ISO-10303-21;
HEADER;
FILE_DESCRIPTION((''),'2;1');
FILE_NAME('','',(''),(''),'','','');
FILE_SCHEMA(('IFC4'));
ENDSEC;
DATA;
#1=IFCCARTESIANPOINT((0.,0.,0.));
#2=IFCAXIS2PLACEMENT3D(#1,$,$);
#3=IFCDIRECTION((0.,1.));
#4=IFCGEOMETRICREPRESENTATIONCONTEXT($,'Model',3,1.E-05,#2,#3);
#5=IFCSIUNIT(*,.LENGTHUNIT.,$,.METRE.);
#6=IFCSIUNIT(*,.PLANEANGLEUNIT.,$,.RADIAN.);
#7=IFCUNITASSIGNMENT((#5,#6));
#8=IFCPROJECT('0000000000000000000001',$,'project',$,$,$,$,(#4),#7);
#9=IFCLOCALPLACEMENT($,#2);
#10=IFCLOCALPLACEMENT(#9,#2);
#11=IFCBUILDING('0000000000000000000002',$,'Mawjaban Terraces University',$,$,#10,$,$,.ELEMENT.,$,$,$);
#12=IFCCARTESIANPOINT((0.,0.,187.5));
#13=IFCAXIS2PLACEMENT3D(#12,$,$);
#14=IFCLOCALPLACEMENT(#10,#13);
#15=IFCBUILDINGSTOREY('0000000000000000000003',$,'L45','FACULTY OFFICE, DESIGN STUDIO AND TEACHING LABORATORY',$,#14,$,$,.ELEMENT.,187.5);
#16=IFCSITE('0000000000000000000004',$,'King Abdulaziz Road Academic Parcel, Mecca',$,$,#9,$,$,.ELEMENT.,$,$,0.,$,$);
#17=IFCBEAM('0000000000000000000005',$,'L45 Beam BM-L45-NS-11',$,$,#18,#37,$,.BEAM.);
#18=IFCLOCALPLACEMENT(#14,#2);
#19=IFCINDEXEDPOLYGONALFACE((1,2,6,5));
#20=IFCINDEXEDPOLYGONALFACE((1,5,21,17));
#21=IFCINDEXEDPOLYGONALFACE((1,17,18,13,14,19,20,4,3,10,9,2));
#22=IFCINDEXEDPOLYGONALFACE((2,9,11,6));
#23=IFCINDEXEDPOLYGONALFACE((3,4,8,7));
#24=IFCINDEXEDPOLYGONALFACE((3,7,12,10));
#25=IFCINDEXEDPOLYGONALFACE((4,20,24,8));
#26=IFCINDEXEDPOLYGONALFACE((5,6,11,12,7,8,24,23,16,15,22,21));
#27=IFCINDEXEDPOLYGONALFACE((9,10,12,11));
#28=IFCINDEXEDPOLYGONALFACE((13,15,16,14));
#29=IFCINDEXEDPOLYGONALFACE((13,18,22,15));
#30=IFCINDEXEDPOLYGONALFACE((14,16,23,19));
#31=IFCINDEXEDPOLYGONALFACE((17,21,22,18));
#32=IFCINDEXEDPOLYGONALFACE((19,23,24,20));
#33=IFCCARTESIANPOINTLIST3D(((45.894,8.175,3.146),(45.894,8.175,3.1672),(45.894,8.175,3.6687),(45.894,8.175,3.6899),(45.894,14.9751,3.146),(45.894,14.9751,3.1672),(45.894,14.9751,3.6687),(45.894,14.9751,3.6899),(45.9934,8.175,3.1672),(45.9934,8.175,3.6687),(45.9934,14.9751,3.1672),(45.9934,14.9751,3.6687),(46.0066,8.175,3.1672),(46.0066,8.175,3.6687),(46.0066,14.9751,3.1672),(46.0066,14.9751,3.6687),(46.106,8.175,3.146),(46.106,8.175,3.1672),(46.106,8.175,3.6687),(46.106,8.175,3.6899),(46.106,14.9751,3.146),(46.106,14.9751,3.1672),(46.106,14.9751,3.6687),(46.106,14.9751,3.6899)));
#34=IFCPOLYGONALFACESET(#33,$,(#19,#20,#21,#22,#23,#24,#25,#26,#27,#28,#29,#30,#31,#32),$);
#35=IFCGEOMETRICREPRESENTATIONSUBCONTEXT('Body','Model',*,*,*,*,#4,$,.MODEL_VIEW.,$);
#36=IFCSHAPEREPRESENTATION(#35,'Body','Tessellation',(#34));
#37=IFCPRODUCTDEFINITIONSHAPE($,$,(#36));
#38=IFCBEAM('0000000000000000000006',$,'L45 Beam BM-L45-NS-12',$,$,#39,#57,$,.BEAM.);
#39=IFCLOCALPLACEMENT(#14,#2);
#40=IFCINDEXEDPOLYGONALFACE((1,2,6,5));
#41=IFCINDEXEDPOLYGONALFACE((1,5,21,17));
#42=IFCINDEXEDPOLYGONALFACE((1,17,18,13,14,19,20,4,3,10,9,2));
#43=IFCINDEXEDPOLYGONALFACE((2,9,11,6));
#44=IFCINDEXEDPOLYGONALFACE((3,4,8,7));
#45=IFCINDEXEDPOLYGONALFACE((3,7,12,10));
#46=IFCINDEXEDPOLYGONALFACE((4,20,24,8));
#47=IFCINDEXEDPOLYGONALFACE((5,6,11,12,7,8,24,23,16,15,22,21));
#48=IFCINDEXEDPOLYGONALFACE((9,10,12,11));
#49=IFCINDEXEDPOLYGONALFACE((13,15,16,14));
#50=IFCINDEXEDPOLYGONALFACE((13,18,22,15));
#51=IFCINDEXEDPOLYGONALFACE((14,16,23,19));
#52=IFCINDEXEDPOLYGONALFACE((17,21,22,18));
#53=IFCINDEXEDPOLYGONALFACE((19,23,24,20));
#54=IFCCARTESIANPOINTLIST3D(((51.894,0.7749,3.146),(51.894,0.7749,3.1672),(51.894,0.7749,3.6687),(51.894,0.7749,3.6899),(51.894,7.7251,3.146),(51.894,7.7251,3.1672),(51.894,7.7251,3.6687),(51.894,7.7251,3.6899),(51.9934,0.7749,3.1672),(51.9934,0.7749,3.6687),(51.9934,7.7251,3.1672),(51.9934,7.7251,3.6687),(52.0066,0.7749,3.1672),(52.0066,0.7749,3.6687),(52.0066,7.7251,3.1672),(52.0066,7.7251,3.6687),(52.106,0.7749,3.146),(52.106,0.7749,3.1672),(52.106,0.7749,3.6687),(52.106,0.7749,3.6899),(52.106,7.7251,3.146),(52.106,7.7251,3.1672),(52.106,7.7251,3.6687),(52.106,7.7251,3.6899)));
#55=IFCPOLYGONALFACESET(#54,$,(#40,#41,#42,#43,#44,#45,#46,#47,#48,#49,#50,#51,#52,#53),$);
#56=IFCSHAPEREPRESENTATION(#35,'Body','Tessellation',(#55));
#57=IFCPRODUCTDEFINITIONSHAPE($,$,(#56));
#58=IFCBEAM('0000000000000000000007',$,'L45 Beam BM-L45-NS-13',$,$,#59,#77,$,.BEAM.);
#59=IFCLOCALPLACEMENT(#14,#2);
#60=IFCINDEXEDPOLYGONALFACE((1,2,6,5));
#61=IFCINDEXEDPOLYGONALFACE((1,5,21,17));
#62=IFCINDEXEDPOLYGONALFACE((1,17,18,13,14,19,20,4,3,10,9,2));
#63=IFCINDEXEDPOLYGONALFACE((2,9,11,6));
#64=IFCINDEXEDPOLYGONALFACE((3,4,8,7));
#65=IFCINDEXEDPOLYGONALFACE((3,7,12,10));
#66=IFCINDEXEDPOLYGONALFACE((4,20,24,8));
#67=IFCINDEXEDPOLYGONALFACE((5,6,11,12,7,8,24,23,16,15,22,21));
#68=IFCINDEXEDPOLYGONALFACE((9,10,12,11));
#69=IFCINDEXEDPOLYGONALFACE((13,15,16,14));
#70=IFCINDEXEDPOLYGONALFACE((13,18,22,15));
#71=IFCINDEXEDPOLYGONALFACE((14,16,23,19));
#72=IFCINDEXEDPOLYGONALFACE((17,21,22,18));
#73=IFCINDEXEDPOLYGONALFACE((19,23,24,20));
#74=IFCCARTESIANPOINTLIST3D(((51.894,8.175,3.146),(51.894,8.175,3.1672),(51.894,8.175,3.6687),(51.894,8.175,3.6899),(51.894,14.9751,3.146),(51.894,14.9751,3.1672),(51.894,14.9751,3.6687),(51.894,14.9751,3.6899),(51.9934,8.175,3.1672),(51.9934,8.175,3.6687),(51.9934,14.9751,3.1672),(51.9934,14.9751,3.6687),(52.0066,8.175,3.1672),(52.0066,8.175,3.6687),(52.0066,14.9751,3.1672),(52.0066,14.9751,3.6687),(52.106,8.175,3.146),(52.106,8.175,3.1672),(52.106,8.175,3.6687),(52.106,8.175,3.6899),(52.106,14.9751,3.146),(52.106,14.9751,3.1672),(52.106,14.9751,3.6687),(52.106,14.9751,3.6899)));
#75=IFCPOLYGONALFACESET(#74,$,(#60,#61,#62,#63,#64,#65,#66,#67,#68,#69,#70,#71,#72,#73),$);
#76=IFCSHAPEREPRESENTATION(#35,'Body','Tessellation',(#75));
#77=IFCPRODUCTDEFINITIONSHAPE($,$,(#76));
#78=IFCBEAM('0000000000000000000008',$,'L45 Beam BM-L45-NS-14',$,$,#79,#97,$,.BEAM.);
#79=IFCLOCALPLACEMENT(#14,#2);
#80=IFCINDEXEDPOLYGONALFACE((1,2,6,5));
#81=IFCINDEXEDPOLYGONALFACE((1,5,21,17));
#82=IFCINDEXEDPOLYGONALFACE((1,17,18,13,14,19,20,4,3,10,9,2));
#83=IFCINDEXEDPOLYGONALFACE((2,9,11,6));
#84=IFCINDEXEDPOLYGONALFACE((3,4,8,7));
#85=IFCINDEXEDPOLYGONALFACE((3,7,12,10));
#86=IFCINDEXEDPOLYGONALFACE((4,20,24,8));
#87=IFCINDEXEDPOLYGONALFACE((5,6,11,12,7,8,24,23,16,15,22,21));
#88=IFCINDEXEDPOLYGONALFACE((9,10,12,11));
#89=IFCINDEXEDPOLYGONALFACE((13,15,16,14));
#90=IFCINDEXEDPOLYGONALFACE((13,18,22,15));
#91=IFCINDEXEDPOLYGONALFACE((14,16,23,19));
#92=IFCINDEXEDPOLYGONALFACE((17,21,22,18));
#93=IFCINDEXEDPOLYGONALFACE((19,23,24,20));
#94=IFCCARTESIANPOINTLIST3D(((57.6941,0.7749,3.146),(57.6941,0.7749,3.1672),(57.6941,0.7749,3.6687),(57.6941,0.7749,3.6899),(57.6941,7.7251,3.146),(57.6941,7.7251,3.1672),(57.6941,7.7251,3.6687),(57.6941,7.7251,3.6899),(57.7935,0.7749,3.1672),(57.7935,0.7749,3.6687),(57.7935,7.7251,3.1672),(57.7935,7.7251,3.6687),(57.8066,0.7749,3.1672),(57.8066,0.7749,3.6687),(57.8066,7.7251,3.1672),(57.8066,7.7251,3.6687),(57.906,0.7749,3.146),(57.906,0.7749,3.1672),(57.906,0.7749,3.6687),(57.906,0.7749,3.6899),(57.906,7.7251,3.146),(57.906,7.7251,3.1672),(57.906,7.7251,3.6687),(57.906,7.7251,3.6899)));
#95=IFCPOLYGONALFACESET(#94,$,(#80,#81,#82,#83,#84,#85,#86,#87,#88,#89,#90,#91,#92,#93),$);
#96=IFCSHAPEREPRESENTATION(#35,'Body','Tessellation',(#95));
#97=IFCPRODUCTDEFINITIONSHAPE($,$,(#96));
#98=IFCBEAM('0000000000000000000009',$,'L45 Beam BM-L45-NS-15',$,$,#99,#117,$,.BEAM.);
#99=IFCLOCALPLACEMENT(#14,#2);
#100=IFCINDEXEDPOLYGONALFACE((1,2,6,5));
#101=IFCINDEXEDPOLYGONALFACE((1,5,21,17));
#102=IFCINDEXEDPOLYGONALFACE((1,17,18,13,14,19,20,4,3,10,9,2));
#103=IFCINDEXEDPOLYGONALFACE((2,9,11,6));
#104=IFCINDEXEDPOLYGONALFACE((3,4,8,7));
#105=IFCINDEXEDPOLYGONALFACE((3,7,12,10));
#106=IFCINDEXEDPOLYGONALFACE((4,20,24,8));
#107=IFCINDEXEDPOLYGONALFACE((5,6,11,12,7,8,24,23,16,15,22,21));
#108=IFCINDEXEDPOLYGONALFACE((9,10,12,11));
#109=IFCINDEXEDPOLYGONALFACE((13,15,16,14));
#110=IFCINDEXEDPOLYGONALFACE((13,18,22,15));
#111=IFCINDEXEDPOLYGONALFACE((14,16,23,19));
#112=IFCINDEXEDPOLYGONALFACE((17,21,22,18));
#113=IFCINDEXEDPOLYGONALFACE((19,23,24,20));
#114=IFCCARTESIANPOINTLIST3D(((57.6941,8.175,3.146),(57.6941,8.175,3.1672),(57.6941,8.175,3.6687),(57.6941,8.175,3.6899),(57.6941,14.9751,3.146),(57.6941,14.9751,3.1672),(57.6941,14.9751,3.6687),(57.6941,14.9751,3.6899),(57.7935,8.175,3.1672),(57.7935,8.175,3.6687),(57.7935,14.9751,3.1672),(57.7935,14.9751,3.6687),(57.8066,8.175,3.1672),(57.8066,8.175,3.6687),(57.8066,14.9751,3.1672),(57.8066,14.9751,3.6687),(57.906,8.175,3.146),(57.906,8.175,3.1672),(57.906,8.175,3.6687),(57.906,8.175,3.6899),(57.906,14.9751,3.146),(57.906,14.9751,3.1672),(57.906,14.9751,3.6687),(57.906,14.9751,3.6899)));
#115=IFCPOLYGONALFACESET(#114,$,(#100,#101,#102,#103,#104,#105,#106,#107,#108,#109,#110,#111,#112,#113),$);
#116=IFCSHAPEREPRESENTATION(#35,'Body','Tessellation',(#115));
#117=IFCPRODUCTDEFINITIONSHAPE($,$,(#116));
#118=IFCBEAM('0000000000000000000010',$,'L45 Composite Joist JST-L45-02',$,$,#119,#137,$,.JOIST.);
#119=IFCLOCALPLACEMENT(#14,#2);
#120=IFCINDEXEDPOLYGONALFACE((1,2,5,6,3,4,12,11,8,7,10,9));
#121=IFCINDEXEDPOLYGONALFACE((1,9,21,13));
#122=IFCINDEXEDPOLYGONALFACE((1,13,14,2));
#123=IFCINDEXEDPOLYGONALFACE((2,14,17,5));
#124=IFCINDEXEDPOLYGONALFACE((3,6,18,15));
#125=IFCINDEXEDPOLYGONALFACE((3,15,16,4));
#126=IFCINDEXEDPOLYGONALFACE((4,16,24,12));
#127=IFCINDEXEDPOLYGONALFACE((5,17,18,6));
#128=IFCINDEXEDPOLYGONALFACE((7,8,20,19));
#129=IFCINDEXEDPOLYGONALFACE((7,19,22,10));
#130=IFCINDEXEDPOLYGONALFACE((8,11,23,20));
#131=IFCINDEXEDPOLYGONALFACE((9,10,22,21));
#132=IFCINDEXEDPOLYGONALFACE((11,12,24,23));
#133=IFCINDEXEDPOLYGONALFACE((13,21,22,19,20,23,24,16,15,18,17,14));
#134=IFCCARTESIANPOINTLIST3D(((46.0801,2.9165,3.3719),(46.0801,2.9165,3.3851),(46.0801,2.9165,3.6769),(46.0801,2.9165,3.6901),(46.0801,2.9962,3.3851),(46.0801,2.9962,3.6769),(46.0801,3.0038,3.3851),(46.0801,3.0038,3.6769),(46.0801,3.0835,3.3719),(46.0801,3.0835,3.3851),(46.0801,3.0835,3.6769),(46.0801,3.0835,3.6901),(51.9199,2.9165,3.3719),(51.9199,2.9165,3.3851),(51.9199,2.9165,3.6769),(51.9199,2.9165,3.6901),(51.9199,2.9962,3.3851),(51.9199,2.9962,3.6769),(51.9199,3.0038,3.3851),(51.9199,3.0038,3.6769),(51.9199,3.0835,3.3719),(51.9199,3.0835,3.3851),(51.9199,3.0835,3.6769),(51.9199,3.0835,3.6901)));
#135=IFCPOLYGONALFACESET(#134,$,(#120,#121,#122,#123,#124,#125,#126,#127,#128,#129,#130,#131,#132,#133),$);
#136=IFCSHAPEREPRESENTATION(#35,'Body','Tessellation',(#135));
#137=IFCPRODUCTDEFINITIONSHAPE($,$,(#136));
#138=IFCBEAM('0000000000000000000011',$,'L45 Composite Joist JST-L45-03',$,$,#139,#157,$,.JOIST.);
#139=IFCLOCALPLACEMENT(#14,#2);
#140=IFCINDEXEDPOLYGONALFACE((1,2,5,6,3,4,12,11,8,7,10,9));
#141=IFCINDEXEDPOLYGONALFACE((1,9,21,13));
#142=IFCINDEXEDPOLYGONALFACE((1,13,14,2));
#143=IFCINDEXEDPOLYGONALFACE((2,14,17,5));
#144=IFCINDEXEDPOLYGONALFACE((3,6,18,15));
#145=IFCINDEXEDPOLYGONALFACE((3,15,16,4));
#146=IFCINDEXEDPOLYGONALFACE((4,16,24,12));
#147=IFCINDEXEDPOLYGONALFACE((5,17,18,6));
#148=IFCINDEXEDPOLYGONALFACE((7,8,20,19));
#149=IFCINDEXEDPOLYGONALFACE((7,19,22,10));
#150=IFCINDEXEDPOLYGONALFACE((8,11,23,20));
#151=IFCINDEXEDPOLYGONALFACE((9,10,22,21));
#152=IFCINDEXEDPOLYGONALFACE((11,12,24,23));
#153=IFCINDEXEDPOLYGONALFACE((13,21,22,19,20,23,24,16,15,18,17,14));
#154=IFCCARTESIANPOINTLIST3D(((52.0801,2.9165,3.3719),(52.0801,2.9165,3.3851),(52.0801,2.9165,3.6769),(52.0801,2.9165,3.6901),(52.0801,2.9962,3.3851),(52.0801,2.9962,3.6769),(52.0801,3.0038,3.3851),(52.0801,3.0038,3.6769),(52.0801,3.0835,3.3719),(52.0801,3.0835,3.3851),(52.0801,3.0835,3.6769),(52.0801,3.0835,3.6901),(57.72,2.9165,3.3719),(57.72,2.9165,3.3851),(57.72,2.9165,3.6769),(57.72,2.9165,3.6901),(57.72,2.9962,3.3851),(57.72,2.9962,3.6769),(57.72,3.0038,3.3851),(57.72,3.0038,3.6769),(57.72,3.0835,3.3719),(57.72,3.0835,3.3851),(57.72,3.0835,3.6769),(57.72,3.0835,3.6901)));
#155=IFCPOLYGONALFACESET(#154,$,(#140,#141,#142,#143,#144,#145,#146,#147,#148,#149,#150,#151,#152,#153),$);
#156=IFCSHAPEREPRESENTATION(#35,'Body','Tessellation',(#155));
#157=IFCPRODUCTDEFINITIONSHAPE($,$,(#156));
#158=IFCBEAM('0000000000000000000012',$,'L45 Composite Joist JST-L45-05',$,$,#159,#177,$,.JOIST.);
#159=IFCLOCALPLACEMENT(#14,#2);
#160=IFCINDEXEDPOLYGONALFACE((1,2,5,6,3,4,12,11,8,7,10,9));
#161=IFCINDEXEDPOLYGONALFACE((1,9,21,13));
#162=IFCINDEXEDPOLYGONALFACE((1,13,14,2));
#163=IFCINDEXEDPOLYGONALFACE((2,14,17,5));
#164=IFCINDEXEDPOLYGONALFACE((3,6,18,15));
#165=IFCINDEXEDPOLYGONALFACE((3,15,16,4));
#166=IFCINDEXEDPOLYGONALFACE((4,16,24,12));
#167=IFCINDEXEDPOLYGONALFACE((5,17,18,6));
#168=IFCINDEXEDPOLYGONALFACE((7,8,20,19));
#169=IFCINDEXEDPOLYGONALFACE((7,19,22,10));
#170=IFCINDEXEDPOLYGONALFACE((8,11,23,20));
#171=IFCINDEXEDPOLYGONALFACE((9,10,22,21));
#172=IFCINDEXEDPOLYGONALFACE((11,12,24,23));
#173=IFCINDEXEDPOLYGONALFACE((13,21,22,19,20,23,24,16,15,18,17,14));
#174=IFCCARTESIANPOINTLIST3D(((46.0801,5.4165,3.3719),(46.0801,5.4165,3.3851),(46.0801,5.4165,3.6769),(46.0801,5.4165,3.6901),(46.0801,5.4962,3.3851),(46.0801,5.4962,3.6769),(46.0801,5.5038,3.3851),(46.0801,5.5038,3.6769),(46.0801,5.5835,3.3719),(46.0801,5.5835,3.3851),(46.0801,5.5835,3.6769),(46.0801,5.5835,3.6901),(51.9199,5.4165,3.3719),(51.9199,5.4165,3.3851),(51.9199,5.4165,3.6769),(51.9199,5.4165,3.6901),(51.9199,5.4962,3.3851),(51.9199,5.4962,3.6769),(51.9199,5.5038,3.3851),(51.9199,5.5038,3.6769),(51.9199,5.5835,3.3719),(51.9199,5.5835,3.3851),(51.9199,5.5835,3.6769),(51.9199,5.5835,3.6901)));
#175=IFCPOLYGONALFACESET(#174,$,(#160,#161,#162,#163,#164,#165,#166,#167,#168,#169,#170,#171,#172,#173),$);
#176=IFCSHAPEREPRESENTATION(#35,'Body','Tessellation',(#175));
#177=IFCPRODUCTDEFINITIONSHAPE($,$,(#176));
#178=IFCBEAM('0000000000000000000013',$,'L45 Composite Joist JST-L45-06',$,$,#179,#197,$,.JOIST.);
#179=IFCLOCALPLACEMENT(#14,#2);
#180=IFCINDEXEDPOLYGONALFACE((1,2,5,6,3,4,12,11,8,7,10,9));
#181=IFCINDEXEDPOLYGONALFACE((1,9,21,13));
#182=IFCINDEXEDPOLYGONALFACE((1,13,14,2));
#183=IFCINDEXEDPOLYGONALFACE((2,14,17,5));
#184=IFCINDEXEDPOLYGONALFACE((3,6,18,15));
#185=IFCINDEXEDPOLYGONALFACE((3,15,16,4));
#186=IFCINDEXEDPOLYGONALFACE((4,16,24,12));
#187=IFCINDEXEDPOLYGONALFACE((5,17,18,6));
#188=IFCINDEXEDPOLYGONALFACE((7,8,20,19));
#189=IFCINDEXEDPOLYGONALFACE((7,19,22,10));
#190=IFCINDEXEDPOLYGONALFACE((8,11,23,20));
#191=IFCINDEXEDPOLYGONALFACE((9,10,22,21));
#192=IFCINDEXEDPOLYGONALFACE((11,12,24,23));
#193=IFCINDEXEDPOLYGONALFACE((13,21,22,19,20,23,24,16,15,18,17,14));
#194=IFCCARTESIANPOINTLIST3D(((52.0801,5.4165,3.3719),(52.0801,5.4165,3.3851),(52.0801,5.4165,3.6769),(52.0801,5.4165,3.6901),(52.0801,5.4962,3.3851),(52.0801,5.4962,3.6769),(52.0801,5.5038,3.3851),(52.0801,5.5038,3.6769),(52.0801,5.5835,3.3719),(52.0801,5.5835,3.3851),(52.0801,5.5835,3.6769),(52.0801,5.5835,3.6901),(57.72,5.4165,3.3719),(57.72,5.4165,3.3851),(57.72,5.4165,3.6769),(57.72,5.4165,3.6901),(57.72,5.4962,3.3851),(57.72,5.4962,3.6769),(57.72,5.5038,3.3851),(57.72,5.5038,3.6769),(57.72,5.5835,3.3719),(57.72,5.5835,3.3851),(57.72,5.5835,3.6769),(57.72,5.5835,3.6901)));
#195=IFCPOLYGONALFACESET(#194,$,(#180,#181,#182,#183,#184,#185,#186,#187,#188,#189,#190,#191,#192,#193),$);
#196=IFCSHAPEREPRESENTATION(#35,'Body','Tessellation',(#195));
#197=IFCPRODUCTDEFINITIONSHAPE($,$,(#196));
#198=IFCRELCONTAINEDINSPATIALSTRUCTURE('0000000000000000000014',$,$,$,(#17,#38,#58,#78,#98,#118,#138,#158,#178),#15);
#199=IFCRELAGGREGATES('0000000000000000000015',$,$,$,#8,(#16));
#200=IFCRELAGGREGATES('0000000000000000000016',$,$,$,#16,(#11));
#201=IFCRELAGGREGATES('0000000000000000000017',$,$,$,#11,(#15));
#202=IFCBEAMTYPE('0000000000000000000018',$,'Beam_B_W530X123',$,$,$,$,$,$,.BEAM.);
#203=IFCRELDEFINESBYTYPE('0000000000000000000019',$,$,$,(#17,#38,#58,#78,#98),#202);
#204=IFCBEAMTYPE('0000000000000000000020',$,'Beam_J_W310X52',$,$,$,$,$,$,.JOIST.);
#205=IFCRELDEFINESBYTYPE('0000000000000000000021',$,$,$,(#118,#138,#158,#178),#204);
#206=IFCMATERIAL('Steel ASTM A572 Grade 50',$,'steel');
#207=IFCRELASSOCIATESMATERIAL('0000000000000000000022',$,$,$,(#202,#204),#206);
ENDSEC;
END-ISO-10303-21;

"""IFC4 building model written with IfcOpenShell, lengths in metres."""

from ifc_helpers import new_model, si_unit, direction, frame, origin, origin_2d, place, context, subcontext, project, spatial, i_section, extrude, material, material_profile, profile_set, type_object, element, save


model = new_model("IFC4")

# Units and contexts
model_context = context("Model", 3, precision=1e-05, world=origin(), true_north=direction((0.0, 1.0)))
body_context = subcontext(model_context, "Body", "Model", "MODEL_VIEW")
ifc_project = project(units=[si_unit("LENGTHUNIT", "METRE"), si_unit("PLANEANGLEUNIT", "RADIAN")], contexts=[model_context])

# Site, building, storey
site_placement = place(None, origin())
site = spatial("IfcSite", under=ifc_project, at=site_placement, Name="King Abdulaziz Road Academic Parcel, Mecca", CompositionType="ELEMENT", RefElevation=0.0)
building_placement = place(site_placement, origin())
building = spatial("IfcBuilding", under=site, at=building_placement, Name="Mawjaban Terraces University", CompositionType="ELEMENT")
storey_placement = place(building_placement, frame((0.0, 0.0, 187.5)))
storey = spatial("IfcBuildingStorey", under=building, at=storey_placement, Name="L45", Description="FACULTY OFFICE, DESIGN STUDIO AND TEACHING LABORATORY", CompositionType="ELEMENT", Elevation=187.5)

# Beams
ifc_material_1 = material(Name="Steel ASTM A572 Grade 50", Category="steel")
ifc_material_profile_1 = material_profile(ifc_material_1, i_section(OverallWidth=0.2119, OverallDepth=0.5439, WebThickness=0.0132, FlangeThickness=0.0212, at=origin_2d()), Name="W530X123")
ifc_profile_set_1 = profile_set([ifc_material_profile_1], Name="Steel ASTM A572 Grade 50")
beam_type_1 = type_object("IfcBeamType", Name="Beam_B_W530X123", PredefinedType="BEAM", material=ifc_profile_set_1)
beam_1_placement = place(storey_placement, frame((46.0, 8.175, 3.418), z_axis=(0.0, 1.0, 0.0), x_axis=(-1.0, 0.0, 0.0)))
element("IfcBeam", 1, at=beam_1_placement, inside=storey, type_object=beam_type_1, Name="L45 Beam BM-L45-NS-11", PredefinedType="BEAM", context=body_context, shape_type="SweptSolid", body=[
    extrude(i_section(OverallWidth=0.2119, OverallDepth=0.5439, WebThickness=0.0132, FlangeThickness=0.0212, at=origin_2d()), origin(), (0.0, 0.0, 1.0), 6.8),
])
beam_2_placement = place(storey_placement, frame((52.0, 0.7749, 3.418), z_axis=(0.0, 1.0, 0.0), x_axis=(-1.0, 0.0, 0.0)))
element("IfcBeam", 2, at=beam_2_placement, inside=storey, type_object=beam_type_1, Name="L45 Beam BM-L45-NS-12", PredefinedType="BEAM", context=body_context, shape_type="SweptSolid", body=[
    extrude(i_section(OverallWidth=0.2119, OverallDepth=0.5439, WebThickness=0.0132, FlangeThickness=0.0212, at=origin_2d()), origin(), (0.0, 0.0, 1.0), 6.9502),
])
beam_3_placement = place(storey_placement, frame((52.0, 8.175, 3.418), z_axis=(0.0, 1.0, 0.0), x_axis=(-1.0, 0.0, 0.0)))
element("IfcBeam", 3, at=beam_3_placement, inside=storey, type_object=beam_type_1, Name="L45 Beam BM-L45-NS-13", PredefinedType="BEAM", context=body_context, shape_type="SweptSolid", body=[
    extrude(i_section(OverallWidth=0.2119, OverallDepth=0.5439, WebThickness=0.0132, FlangeThickness=0.0212, at=origin_2d()), origin(), (0.0, 0.0, 1.0), 6.8),
])
beam_4_placement = place(storey_placement, frame((57.8, 0.7749, 3.418), z_axis=(0.0, 1.0, 0.0), x_axis=(-1.0, 0.0, 0.0)))
element("IfcBeam", 4, at=beam_4_placement, inside=storey, type_object=beam_type_1, Name="L45 Beam BM-L45-NS-14", PredefinedType="BEAM", context=body_context, shape_type="SweptSolid", body=[
    extrude(i_section(OverallWidth=0.2119, OverallDepth=0.5439, WebThickness=0.0132, FlangeThickness=0.0212, at=origin_2d()), origin(), (0.0, 0.0, 1.0), 6.9502),
])
beam_5_placement = place(storey_placement, frame((57.8, 8.175, 3.418), z_axis=(0.0, 1.0, 0.0), x_axis=(-1.0, 0.0, 0.0)))
element("IfcBeam", 5, at=beam_5_placement, inside=storey, type_object=beam_type_1, Name="L45 Beam BM-L45-NS-15", PredefinedType="BEAM", context=body_context, shape_type="SweptSolid", body=[
    extrude(i_section(OverallWidth=0.2119, OverallDepth=0.5439, WebThickness=0.0132, FlangeThickness=0.0212, at=origin_2d()), origin(), (0.0, 0.0, 1.0), 6.8),
])
ifc_material_profile_2 = material_profile(ifc_material_1, i_section(OverallWidth=0.167, OverallDepth=0.3181, WebThickness=0.0076, FlangeThickness=0.0132, at=origin_2d()), Name="W310X52")
ifc_profile_set_2 = profile_set([ifc_material_profile_2], Name="Steel ASTM A572 Grade 50")
beam_type_2 = type_object("IfcBeamType", Name="Beam_J_W310X52", PredefinedType="JOIST", material=ifc_profile_set_2)
beam_6_placement = place(storey_placement, frame((46.0801, 3.0, 3.531), z_axis=(1.0, 0.0, 0.0), x_axis=(0.0, 1.0, 0.0)))
element("IfcBeam", 6, at=beam_6_placement, inside=storey, type_object=beam_type_2, Name="L45 Composite Joist JST-L45-02", PredefinedType="JOIST", context=body_context, shape_type="SweptSolid", body=[
    extrude(i_section(OverallWidth=0.167, OverallDepth=0.3181, WebThickness=0.0076, FlangeThickness=0.0132, at=origin_2d()), origin(), (0.0, 0.0, 1.0), 5.8398),
])
beam_7_placement = place(storey_placement, frame((52.0801, 3.0, 3.531), z_axis=(1.0, 0.0, 0.0), x_axis=(0.0, 1.0, 0.0)))
element("IfcBeam", 7, at=beam_7_placement, inside=storey, type_object=beam_type_2, Name="L45 Composite Joist JST-L45-03", PredefinedType="JOIST", context=body_context, shape_type="SweptSolid", body=[
    extrude(i_section(OverallWidth=0.167, OverallDepth=0.3181, WebThickness=0.0076, FlangeThickness=0.0132, at=origin_2d()), origin(), (0.0, 0.0, 1.0), 5.6399),
])
beam_8_placement = place(storey_placement, frame((46.0801, 5.5, 3.531), z_axis=(1.0, 0.0, 0.0), x_axis=(0.0, 1.0, 0.0)))
element("IfcBeam", 8, at=beam_8_placement, inside=storey, type_object=beam_type_2, Name="L45 Composite Joist JST-L45-05", PredefinedType="JOIST", context=body_context, shape_type="SweptSolid", body=[
    extrude(i_section(OverallWidth=0.167, OverallDepth=0.3181, WebThickness=0.0076, FlangeThickness=0.0132, at=origin_2d()), origin(), (0.0, 0.0, 1.0), 5.8398),
])
beam_9_placement = place(storey_placement, frame((52.0801, 5.5, 3.531), z_axis=(1.0, 0.0, 0.0), x_axis=(0.0, 1.0, 0.0)))
element("IfcBeam", 9, at=beam_9_placement, inside=storey, type_object=beam_type_2, Name="L45 Composite Joist JST-L45-06", PredefinedType="JOIST", context=body_context, shape_type="SweptSolid", body=[
    extrude(i_section(OverallWidth=0.167, OverallDepth=0.3181, WebThickness=0.0076, FlangeThickness=0.0132, at=origin_2d()), origin(), (0.0, 0.0, 1.0), 5.6399),
])

save(model, "model.ifc")
